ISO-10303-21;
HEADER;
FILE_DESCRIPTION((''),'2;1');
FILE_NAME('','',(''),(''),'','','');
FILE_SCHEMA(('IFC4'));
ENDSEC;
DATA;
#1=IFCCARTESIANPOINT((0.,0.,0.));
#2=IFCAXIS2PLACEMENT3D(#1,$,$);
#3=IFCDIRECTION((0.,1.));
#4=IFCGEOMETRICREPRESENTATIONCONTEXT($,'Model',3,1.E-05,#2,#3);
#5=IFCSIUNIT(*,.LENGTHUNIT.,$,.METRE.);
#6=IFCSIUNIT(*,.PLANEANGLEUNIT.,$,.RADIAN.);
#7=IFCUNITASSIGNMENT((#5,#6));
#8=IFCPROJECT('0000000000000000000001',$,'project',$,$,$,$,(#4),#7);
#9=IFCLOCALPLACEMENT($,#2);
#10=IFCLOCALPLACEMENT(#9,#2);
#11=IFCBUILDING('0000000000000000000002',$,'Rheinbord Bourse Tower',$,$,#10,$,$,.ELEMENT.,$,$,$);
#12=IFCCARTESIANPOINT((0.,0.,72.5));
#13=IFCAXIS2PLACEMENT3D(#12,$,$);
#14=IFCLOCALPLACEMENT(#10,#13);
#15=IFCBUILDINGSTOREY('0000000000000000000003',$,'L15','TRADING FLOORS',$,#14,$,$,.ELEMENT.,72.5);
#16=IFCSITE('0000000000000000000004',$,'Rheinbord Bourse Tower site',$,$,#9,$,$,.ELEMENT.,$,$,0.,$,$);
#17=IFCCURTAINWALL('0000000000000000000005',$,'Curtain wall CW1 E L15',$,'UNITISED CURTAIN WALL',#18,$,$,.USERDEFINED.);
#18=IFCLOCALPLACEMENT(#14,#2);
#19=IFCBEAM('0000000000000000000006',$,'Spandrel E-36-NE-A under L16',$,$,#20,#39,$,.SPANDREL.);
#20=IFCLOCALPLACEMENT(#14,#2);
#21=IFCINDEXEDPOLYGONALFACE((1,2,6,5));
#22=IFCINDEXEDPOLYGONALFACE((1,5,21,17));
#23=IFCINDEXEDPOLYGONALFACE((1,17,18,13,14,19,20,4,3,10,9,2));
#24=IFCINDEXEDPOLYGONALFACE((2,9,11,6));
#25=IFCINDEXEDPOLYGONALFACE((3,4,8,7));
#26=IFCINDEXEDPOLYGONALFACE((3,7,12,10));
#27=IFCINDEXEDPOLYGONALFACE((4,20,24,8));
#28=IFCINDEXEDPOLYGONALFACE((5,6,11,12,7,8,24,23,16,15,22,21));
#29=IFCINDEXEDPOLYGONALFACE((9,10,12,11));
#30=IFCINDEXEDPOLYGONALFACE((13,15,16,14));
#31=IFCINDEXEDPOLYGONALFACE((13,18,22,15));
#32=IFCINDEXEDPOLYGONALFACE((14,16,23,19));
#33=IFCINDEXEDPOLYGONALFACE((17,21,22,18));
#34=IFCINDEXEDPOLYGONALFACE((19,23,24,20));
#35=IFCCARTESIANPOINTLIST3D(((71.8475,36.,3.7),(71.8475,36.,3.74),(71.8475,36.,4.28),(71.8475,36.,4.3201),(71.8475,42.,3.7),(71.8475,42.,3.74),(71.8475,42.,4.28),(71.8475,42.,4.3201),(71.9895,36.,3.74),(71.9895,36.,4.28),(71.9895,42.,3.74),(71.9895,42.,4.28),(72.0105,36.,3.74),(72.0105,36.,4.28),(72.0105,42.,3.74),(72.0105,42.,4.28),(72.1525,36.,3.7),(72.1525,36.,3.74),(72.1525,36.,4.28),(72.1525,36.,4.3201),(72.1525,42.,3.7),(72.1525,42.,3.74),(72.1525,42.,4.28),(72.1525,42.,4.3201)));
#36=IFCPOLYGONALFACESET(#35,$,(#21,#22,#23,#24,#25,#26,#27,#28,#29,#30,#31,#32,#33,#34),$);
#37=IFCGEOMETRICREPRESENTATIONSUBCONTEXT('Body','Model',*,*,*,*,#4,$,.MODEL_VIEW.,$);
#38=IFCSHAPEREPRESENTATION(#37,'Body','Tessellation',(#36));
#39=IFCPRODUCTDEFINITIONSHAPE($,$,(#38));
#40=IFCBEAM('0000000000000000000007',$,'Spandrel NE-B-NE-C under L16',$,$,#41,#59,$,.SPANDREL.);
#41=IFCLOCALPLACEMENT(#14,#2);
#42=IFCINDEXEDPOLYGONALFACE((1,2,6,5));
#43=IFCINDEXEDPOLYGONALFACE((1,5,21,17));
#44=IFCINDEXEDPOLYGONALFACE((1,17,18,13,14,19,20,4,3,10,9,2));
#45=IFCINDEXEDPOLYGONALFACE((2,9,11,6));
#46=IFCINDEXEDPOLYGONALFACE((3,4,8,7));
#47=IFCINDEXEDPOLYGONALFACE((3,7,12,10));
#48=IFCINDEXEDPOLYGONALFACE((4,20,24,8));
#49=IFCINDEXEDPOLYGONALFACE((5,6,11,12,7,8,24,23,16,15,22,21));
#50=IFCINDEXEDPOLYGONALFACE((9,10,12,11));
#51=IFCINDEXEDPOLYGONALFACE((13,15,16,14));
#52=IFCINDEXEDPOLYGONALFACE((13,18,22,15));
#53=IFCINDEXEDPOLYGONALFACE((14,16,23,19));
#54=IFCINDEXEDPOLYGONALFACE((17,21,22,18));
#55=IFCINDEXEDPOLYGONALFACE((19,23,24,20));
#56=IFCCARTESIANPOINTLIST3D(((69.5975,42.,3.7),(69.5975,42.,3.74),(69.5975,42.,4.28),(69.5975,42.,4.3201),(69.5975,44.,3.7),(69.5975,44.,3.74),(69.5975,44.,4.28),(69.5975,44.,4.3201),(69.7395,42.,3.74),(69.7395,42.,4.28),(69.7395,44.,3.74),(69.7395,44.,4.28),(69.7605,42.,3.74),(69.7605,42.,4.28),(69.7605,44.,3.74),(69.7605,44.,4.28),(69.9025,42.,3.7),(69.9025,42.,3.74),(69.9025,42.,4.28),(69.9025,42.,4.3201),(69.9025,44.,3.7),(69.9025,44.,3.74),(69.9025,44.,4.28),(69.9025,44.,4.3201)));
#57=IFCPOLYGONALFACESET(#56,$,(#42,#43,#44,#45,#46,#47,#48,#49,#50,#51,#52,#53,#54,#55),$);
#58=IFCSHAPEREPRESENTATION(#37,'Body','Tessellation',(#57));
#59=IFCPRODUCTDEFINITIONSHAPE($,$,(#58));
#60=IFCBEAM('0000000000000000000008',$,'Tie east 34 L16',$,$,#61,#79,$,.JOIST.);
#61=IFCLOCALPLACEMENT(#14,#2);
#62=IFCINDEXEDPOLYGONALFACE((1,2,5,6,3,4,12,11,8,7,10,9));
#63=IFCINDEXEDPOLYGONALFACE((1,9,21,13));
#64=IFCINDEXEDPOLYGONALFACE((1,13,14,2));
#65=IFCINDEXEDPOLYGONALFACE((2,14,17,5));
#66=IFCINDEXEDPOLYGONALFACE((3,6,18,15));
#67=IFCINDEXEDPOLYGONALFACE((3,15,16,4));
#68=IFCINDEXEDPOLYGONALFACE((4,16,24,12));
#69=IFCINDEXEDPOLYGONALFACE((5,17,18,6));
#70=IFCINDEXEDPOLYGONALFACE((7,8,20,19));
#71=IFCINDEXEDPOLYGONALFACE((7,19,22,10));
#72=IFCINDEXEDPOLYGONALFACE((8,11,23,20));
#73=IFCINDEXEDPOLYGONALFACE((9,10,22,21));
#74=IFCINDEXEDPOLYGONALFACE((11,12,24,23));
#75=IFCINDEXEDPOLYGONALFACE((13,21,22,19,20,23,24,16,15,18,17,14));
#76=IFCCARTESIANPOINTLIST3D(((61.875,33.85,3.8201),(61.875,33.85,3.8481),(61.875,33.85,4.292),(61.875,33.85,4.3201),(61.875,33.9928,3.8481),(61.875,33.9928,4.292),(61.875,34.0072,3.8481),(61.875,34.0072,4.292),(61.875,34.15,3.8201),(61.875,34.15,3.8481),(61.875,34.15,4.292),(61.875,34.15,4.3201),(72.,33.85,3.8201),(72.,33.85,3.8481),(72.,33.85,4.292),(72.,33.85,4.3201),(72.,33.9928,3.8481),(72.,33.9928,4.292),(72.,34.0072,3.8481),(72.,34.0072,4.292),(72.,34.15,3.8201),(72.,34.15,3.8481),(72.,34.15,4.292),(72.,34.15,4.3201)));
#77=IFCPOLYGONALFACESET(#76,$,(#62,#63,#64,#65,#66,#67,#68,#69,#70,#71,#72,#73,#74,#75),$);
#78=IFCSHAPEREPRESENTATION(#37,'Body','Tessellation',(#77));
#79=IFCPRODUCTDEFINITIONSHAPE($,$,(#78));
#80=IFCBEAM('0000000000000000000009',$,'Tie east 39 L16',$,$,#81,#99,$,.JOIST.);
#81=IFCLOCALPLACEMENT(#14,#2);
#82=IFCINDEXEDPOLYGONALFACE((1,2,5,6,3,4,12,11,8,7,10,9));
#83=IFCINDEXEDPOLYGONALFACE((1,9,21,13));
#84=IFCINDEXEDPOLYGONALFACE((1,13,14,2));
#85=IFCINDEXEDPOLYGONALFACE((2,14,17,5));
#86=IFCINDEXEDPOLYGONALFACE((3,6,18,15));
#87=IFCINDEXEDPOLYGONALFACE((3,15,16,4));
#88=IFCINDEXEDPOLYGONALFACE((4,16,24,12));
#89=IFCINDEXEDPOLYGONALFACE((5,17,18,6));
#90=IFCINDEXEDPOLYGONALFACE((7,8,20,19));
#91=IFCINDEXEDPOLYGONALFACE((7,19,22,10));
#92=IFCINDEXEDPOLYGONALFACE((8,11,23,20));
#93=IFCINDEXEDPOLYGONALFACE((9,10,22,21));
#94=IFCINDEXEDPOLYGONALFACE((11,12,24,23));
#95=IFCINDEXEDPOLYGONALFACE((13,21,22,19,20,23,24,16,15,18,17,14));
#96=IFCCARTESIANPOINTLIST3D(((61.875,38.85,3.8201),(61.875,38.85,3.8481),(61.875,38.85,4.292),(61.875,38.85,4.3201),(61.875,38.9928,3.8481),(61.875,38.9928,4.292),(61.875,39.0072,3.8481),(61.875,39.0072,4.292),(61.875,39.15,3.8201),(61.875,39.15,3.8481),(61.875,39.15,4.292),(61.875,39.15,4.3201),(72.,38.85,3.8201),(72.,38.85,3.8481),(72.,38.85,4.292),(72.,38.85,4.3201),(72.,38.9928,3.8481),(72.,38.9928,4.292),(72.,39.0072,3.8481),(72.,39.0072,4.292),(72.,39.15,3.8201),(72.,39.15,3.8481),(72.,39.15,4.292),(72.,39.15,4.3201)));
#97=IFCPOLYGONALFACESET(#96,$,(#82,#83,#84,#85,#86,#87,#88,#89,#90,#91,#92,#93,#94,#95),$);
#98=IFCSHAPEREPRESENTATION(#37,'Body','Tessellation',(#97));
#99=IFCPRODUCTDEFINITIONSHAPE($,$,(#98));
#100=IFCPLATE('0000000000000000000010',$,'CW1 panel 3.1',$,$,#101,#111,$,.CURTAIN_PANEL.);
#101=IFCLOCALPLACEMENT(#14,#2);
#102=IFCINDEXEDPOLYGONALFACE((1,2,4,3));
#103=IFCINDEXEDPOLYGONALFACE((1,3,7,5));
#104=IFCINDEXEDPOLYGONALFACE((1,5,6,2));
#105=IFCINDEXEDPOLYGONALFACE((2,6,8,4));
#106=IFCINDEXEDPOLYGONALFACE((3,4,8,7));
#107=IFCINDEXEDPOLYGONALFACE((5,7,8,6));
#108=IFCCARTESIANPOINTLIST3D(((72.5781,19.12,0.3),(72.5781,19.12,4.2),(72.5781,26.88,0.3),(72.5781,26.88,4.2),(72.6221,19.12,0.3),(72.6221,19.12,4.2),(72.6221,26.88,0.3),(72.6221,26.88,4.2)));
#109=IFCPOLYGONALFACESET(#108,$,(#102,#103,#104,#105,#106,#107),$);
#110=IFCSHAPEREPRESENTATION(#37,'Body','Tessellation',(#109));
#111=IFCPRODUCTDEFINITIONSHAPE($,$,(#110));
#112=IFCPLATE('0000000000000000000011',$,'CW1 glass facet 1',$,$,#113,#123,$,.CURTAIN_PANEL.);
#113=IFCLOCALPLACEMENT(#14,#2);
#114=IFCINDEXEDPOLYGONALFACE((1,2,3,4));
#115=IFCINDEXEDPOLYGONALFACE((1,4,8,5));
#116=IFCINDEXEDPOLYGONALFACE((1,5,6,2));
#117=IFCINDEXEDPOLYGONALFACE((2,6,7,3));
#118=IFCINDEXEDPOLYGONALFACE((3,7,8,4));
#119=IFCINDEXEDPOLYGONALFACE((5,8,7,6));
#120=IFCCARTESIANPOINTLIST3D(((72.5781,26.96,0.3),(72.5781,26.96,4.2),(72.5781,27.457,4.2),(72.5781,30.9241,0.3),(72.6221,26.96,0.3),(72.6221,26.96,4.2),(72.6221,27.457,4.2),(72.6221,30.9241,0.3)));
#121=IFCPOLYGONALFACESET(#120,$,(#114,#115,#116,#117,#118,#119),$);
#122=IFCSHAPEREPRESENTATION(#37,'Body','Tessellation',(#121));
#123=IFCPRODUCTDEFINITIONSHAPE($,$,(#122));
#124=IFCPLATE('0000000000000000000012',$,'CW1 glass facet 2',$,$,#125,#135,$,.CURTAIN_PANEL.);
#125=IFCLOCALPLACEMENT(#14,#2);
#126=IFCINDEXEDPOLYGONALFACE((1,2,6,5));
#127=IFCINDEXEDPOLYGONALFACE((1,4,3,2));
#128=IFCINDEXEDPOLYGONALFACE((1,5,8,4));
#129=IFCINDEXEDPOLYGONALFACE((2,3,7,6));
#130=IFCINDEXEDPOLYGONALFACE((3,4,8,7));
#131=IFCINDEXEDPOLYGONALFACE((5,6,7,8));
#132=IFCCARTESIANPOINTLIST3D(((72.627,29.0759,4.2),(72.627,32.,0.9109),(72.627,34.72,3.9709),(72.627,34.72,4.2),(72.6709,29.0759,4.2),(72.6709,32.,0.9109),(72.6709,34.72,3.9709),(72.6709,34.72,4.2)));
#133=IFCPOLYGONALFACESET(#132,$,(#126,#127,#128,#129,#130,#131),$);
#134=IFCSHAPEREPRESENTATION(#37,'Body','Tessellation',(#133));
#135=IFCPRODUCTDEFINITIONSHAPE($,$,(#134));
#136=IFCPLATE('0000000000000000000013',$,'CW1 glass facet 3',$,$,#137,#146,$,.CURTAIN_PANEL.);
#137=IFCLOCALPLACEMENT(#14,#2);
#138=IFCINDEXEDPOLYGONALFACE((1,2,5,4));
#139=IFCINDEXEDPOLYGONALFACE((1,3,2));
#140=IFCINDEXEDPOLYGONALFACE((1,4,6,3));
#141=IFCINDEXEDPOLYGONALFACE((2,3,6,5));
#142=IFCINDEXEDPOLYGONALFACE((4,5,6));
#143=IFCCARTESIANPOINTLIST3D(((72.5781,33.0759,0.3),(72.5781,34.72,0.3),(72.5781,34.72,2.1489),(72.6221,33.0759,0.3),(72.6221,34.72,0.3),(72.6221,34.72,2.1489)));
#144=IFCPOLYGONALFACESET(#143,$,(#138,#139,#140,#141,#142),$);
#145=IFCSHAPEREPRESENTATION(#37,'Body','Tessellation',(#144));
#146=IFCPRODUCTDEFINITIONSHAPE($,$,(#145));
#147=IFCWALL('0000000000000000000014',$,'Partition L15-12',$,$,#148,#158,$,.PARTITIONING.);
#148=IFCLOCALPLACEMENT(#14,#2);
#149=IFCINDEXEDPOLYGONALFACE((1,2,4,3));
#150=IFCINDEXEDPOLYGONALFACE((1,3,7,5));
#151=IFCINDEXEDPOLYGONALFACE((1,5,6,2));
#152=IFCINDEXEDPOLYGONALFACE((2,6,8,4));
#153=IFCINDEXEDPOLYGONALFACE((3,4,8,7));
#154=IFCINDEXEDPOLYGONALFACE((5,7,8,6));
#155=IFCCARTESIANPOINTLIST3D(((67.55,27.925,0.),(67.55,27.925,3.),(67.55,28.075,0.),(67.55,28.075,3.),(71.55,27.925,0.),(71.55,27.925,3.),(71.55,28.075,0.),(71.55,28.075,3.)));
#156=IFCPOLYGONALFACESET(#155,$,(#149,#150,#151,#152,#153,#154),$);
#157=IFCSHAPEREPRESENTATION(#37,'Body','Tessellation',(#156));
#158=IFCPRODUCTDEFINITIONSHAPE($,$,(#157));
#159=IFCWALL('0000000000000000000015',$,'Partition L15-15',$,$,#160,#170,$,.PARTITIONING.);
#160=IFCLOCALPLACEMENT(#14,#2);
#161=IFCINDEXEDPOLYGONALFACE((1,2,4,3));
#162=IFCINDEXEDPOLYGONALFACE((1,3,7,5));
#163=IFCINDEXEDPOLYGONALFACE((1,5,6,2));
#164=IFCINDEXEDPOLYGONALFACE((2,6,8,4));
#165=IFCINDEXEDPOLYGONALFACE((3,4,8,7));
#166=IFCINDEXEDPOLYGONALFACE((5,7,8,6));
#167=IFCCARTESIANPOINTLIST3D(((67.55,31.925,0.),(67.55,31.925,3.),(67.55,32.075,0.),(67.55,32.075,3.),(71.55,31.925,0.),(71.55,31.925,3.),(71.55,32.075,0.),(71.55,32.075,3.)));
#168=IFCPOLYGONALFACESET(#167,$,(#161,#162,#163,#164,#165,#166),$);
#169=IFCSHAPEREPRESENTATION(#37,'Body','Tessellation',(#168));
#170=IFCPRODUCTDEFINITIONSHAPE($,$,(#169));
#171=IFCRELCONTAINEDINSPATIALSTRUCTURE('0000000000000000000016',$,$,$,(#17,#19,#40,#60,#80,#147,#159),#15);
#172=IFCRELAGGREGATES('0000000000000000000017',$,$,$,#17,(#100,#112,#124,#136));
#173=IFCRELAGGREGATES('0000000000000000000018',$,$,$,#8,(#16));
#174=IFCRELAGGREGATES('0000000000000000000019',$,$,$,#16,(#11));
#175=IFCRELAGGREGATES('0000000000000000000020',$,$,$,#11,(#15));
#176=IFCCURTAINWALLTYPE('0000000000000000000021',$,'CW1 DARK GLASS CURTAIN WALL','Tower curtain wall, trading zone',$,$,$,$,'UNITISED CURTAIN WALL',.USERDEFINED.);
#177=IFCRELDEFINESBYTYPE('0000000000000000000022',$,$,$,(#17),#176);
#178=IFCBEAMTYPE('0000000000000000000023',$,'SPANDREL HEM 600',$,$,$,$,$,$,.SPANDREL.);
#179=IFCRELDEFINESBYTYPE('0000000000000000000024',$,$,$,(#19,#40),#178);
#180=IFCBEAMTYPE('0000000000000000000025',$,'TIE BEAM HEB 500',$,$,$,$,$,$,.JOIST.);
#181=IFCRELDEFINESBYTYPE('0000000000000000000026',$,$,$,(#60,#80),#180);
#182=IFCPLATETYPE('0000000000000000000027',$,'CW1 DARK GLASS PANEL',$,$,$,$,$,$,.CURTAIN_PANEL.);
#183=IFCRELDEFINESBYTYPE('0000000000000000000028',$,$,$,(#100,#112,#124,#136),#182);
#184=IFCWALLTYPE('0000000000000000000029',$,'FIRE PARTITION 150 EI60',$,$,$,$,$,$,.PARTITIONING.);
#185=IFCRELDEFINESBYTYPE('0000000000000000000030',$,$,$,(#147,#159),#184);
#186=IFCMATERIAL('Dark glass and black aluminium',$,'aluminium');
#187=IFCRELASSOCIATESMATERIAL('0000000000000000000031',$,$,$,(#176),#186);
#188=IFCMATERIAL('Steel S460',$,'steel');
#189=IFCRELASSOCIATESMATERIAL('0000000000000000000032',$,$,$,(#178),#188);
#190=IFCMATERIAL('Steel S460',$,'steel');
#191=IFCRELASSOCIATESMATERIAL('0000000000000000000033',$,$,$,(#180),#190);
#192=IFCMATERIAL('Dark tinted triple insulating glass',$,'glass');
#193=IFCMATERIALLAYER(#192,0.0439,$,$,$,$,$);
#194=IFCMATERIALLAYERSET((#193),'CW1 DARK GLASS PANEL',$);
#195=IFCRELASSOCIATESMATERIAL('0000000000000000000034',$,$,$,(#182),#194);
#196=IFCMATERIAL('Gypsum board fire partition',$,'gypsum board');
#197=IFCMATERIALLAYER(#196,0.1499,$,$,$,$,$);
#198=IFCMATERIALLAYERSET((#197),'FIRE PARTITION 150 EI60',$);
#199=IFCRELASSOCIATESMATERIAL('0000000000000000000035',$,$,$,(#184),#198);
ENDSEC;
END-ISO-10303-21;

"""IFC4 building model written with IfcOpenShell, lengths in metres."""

from ifc_helpers import new_model, si_unit, direction, frame, frame_2d, origin, origin_2d, place, context, subcontext, project, spatial, polyline, rectangle, i_section, outline, extrude, material, layer, layer_set, material_profile, profile_set, type_object, element, aggregate, save


model = new_model("IFC4")

# Units and contexts
model_context = context("Model", 3, precision=1e-05, world=origin(), true_north=direction((0.0, 1.0)))
body_context = subcontext(model_context, "Body", "Model", "MODEL_VIEW")
ifc_project = project(units=[si_unit("LENGTHUNIT", "METRE"), si_unit("PLANEANGLEUNIT", "RADIAN")], contexts=[model_context])

# Site, building, storey
site_placement = place(None, origin())
site = spatial("IfcSite", under=ifc_project, at=site_placement, Name="Rheinbord Bourse Tower site", CompositionType="ELEMENT", RefElevation=0.0)
building_placement = place(site_placement, origin())
building = spatial("IfcBuilding", under=site, at=building_placement, Name="Rheinbord Bourse Tower", CompositionType="ELEMENT")
storey_placement = place(building_placement, frame((0.0, 0.0, 72.5)))
storey = spatial("IfcBuildingStorey", under=building, at=storey_placement, Name="L15", Description="TRADING FLOORS", CompositionType="ELEMENT", Elevation=72.5)

# Curtain wall
ifc_material_1 = material(Name="Dark glass and black aluminium", Category="aluminium")
curtain_wall_type = type_object("IfcCurtainWallType", Name="CW1 DARK GLASS CURTAIN WALL", Description="Tower curtain wall, trading zone", ElementType="UNITISED CURTAIN WALL", PredefinedType="USERDEFINED", material=ifc_material_1)
curtain_wall_placement = place(storey_placement, origin())
curtain_wall = element("IfcCurtainWall", 1, at=curtain_wall_placement, inside=storey, type_object=curtain_wall_type, Name="Curtain wall CW1 E L15", ObjectType="UNITISED CURTAIN WALL", PredefinedType="USERDEFINED")

# Beams
ifc_material_2 = material(Name="Steel S460", Category="steel")
ifc_material_profile_1 = material_profile(ifc_material_2, i_section(OverallWidth=0.3049, OverallDepth=0.6201, WebThickness=0.021, FlangeThickness=0.04, at=origin_2d()), Name="HEM 600")
ifc_profile_set_1 = profile_set([ifc_material_profile_1], Name="Steel S460")
beam_type_1 = type_object("IfcBeamType", Name="SPANDREL HEM 600", PredefinedType="SPANDREL", material=ifc_profile_set_1)
beam_1_placement = place(storey_placement, frame((72.0, 36.0, 4.01), z_axis=(0.0, 1.0, 0.0), x_axis=(-1.0, 0.0, 0.0)))
element("IfcBeam", 2, at=beam_1_placement, inside=storey, type_object=beam_type_1, Name="Spandrel E-36-NE-A under L16", PredefinedType="SPANDREL", context=body_context, shape_type="SweptSolid", body=[
    extrude(i_section(OverallWidth=0.3049, OverallDepth=0.6201, WebThickness=0.021, FlangeThickness=0.04, at=origin_2d()), origin(), (0.0, 0.0, 1.0), 6.0),
])
beam_2_placement = place(storey_placement, frame((69.75, 42.0, 4.01), z_axis=(0.0, 1.0, 0.0), x_axis=(-1.0, 0.0, 0.0)))
element("IfcBeam", 3, at=beam_2_placement, inside=storey, type_object=beam_type_1, Name="Spandrel NE-B-NE-C under L16", PredefinedType="SPANDREL", context=body_context, shape_type="SweptSolid", body=[
    extrude(i_section(OverallWidth=0.3049, OverallDepth=0.6201, WebThickness=0.021, FlangeThickness=0.04, at=origin_2d()), origin(), (0.0, 0.0, 1.0), 2.0),
])
ifc_material_3 = material(Name="Steel S460", Category="steel")
ifc_material_profile_2 = material_profile(ifc_material_3, i_section(OverallWidth=0.3, OverallDepth=0.5, WebThickness=0.0144, FlangeThickness=0.0281, at=origin_2d()), Name="HEB 500")
ifc_profile_set_2 = profile_set([ifc_material_profile_2], Name="Steel S460")
beam_type_2 = type_object("IfcBeamType", Name="TIE BEAM HEB 500", PredefinedType="JOIST", material=ifc_profile_set_2)
for number, where, z_axis, x_axis, name in (
    (4, (61.875, 34.0, 4.0701), (1.0, 0.0, 0.0), (0.0, 1.0, 0.0), "Tie east 34 L16"),
    (5, (61.875, 39.0, 4.0701), (1.0, 0.0, 0.0), (0.0, 1.0, 0.0), "Tie east 39 L16"),
):
    element("IfcBeam", number, at=place(storey_placement, frame(where, z_axis=z_axis, x_axis=x_axis)), inside=storey, type_object=beam_type_2, Name=name, PredefinedType="JOIST", context=body_context, shape_type="SweptSolid", body=[
        extrude(i_section(OverallWidth=0.3, OverallDepth=0.5, WebThickness=0.0144, FlangeThickness=0.0281, at=origin_2d()), origin(), (0.0, 0.0, 1.0), 10.125),
    ])

# Plates
ifc_material_4 = material(Name="Dark tinted triple insulating glass", Category="glass")
ifc_layer_1 = layer(ifc_material_4, 0.0439)
ifc_layer_set_1 = layer_set([ifc_layer_1], Name="CW1 DARK GLASS PANEL")
plate_type = type_object("IfcPlateType", Name="CW1 DARK GLASS PANEL", PredefinedType="CURTAIN_PANEL", material=ifc_layer_set_1)
plate_1_placement = place(storey_placement, frame((72.6001, 23.0, 0.3), z_axis=(0.0, 0.0, 1.0), x_axis=(0.0, 1.0, 0.0)))
plate_1 = element("IfcPlate", 6, at=plate_1_placement, type_object=plate_type, Name="CW1 panel 3.1", PredefinedType="CURTAIN_PANEL", context=body_context, shape_type="SweptSolid", body=[
    extrude(rectangle(XDim=7.76, YDim=0.0439, at=origin_2d()), origin(), (0.0, 0.0, 1.0), 3.8999),
])
plate_2_placement = place(storey_placement, frame((72.6221, 26.96, 0.3), z_axis=(-1.0, 0.0, 0.0), x_axis=(0.0, 0.0, 1.0)))
plate_2 = element("IfcPlate", 7, at=plate_2_placement, type_object=plate_type, Name="CW1 glass facet 1", PredefinedType="CURTAIN_PANEL", context=body_context, shape_type="SweptSolid", body=[
    extrude(outline(polyline([(0.0, 0.0), (3.8999, 0.0), (3.8999, 0.4971), (0.0, 3.9641), (0.0, 0.0)])), origin(), (0.0, 0.0, 1.0), 0.0439),
])
plate_3_placement = place(storey_placement, frame((72.6709, 34.72, 4.2), z_axis=(-1.0, 0.0, 0.0), x_axis=(0.0, 0.0, -1.0)))
plate_3 = element("IfcPlate", 8, at=plate_3_placement, type_object=plate_type, Name="CW1 glass facet 2", PredefinedType="CURTAIN_PANEL", context=body_context, shape_type="SweptSolid", body=[
    extrude(outline(polyline([(0.0, 0.0), (0.229, 0.0), (3.2891, 2.72), (0.0, 5.644), (0.0, 0.0)])), origin(), (0.0, 0.0, 1.0), 0.0439),
])
plate_4_placement = place(storey_placement, frame((72.6221, 34.72, 0.3), z_axis=(-1.0, 0.0, 0.0), x_axis=(0.0, -1.0, 0.0)))
plate_4 = element("IfcPlate", 9, at=plate_4_placement, type_object=plate_type, Name="CW1 glass facet 3", PredefinedType="CURTAIN_PANEL", context=body_context, shape_type="SweptSolid", body=[
    extrude(outline(polyline([(0.0, 0.0), (1.644, 0.0), (0.0, 1.8489), (0.0, 0.0)])), origin(), (0.0, 0.0, 1.0), 0.0439),
])
aggregate(curtain_wall, [plate_1, plate_2, plate_3, plate_4])

# Walls
ifc_material_5 = material(Name="Gypsum board fire partition", Category="gypsum board")
ifc_layer_2 = layer(ifc_material_5, 0.1499)
ifc_layer_set_2 = layer_set([ifc_layer_2], Name="FIRE PARTITION 150 EI60")
wall_type_1 = type_object("IfcWallType", Name="FIRE PARTITION 150 EI60", PredefinedType="PARTITIONING", material=ifc_layer_set_2)
for number, where, z_axis, x_axis, name in (
    (10, (67.55, 28.0, 0.0), (0.0, 0.0, 1.0), (1.0, 0.0, 0.0), "Partition L15-12"),
    (11, (67.55, 32.0, 0.0), (0.0, 0.0, 1.0), (1.0, 0.0, 0.0), "Partition L15-15"),
):
    element("IfcWall", number, at=place(storey_placement, frame(where, z_axis=z_axis, x_axis=x_axis)), inside=storey, type_object=wall_type_1, Name=name, PredefinedType="PARTITIONING", context=body_context, shape_type="SweptSolid", body=[
        extrude(rectangle(XDim=4.0, YDim=0.1499, at=frame_2d((2.0, 0.0))), origin(), (0.0, 0.0, 1.0), 3.0),
    ])

save(model, "model.ifc")
